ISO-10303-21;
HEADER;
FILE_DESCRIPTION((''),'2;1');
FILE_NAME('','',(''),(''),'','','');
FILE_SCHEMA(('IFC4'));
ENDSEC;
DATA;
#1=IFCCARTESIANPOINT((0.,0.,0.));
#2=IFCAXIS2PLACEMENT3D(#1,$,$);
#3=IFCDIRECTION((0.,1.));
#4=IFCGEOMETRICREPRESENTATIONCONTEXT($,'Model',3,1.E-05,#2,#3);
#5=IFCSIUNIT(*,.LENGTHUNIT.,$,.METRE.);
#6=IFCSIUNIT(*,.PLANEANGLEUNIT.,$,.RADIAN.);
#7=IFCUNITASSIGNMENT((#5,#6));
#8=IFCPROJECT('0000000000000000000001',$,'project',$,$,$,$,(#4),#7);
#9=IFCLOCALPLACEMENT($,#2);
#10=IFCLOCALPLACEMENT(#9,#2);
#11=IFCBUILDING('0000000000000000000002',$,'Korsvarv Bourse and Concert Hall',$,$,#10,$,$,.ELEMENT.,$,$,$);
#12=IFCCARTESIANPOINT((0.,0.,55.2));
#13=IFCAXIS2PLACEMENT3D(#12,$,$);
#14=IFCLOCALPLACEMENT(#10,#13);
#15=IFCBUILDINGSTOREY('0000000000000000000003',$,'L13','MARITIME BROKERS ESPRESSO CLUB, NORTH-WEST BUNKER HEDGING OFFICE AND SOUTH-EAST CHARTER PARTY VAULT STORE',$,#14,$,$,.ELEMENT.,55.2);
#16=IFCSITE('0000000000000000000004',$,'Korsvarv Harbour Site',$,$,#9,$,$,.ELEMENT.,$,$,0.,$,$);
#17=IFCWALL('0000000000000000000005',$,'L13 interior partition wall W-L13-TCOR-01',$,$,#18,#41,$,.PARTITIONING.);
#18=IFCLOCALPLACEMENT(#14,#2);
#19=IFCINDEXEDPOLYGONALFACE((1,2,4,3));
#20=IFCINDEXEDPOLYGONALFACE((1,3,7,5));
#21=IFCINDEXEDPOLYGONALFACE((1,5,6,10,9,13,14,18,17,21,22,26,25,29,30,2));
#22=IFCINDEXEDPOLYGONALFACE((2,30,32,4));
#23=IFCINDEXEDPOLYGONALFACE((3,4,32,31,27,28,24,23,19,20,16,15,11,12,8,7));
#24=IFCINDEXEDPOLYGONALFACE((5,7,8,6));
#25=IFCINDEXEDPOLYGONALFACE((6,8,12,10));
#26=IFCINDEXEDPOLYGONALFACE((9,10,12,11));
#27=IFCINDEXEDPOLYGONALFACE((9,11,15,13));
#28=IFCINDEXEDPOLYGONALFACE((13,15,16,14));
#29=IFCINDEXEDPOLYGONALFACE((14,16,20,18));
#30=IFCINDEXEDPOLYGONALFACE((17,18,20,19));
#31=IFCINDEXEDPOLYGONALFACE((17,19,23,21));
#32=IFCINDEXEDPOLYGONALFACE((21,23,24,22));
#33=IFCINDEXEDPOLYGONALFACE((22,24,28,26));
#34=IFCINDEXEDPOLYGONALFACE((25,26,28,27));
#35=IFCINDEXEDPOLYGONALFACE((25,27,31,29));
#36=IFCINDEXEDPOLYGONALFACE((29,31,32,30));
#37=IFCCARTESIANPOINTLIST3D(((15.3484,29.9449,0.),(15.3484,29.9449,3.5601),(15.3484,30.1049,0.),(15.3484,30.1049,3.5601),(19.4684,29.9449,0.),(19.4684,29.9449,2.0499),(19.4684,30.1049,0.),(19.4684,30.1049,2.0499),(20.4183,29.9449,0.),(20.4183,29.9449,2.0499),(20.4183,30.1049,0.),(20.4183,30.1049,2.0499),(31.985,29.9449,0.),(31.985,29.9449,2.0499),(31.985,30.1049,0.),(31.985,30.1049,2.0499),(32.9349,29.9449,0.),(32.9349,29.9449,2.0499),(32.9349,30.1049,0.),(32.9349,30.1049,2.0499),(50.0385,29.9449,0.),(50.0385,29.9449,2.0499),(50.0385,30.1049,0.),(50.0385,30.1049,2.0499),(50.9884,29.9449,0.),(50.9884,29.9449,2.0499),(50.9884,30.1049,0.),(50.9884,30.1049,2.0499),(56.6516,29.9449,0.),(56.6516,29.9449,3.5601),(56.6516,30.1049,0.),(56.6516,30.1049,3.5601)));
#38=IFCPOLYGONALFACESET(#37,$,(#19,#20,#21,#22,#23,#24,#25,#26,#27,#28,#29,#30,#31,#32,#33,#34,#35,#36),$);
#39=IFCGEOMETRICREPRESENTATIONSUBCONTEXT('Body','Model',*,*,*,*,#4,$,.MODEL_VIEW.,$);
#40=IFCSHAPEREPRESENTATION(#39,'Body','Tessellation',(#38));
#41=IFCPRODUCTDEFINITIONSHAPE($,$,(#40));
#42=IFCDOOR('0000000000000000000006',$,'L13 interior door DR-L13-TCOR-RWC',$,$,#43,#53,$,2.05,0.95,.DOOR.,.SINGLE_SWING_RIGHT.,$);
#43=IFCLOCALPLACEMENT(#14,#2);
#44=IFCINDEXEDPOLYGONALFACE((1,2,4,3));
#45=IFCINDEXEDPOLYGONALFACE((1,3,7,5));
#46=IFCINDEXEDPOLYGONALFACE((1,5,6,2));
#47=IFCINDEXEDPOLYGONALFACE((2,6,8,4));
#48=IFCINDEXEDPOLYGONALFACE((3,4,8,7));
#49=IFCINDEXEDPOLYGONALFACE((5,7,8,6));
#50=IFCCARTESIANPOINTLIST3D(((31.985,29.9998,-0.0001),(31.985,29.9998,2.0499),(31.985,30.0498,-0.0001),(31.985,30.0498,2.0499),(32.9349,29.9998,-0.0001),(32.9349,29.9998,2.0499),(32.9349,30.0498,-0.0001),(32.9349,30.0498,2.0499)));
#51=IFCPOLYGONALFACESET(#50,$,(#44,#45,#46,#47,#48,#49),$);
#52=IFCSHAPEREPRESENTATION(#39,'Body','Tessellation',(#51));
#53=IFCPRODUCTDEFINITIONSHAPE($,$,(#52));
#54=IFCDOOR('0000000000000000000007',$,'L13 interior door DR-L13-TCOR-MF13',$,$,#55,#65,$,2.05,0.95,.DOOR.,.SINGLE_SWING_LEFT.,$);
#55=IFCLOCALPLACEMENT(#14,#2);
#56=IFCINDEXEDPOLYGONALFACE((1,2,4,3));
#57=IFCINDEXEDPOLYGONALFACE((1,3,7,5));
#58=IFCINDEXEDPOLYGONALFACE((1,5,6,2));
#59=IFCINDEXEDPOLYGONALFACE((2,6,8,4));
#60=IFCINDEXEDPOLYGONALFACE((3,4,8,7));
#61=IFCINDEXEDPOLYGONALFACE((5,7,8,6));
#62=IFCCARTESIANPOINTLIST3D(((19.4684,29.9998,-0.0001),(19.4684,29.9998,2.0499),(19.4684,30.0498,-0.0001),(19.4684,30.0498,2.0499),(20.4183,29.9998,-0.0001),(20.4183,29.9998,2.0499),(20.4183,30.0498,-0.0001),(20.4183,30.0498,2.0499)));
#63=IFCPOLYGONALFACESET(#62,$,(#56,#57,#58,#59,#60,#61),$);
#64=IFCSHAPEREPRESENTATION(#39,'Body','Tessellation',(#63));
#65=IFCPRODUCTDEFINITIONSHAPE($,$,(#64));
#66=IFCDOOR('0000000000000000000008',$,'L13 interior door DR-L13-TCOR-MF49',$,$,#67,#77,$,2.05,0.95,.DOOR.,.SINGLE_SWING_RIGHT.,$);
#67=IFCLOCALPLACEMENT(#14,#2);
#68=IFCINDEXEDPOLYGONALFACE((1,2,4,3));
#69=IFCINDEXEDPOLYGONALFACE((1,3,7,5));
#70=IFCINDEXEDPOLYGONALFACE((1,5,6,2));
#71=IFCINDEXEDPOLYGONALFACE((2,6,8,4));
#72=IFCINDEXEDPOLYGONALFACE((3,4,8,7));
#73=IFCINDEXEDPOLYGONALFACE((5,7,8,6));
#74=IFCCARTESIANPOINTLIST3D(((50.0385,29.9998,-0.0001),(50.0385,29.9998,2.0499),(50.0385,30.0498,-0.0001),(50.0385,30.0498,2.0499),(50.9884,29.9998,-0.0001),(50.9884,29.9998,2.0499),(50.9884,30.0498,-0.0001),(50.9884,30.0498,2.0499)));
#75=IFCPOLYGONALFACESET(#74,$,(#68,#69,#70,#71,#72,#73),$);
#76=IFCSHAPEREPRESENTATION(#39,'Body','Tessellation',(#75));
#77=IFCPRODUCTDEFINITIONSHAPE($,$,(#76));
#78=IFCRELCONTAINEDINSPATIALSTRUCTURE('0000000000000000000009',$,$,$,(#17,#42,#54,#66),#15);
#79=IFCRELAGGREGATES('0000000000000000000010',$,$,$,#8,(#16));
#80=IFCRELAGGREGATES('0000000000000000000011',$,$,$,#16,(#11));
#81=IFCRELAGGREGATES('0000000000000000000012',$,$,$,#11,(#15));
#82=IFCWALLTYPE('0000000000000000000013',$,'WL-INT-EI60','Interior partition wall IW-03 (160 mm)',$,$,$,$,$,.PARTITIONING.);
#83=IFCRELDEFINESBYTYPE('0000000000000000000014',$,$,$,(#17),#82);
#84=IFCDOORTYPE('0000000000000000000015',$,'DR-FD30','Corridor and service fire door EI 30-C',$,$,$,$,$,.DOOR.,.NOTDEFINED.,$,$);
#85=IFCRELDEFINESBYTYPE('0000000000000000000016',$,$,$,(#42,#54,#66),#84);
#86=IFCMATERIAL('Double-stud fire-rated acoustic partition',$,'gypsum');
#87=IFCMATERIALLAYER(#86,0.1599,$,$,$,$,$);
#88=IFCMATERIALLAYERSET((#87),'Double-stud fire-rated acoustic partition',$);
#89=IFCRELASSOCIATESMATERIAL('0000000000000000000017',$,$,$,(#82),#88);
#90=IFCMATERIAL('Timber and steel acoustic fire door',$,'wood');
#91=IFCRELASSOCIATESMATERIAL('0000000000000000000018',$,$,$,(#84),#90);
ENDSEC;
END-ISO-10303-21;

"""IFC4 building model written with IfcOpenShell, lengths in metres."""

from ifc_helpers import new_model, si_unit, direction, frame, frame_2d, origin, place, context, subcontext, project, spatial, rectangle, extrude, material, layer, layer_set, type_object, element, fill, save


model = new_model("IFC4")

# Units and contexts
model_context = context("Model", 3, precision=1e-05, world=origin(), true_north=direction((0.0, 1.0)))
body_context = subcontext(model_context, "Body", "Model", "MODEL_VIEW")
ifc_project = project(units=[si_unit("LENGTHUNIT", "METRE"), si_unit("PLANEANGLEUNIT", "RADIAN")], contexts=[model_context])

# Site, building, storey
site_placement = place(None, origin())
site = spatial("IfcSite", under=ifc_project, at=site_placement, Name="Korsvarv Harbour Site", CompositionType="ELEMENT", RefElevation=0.0)
building_placement = place(site_placement, origin())
building = spatial("IfcBuilding", under=site, at=building_placement, Name="Korsvarv Bourse and Concert Hall", CompositionType="ELEMENT")
storey_placement = place(building_placement, frame((0.0, 0.0, 55.2)))
storey = spatial("IfcBuildingStorey", under=building, at=storey_placement, Name="L13", Description="MARITIME BROKERS ESPRESSO CLUB, NORTH-WEST BUNKER HEDGING OFFICE AND SOUTH-EAST CHARTER PARTY VAULT STORE", CompositionType="ELEMENT", Elevation=55.2)

# Wall, openings, doors
ifc_material_1 = material(Name="Double-stud fire-rated acoustic partition", Category="gypsum")
ifc_layer_1 = layer(ifc_material_1, 0.1599)
ifc_layer_set_1 = layer_set([ifc_layer_1], Name="Double-stud fire-rated acoustic partition")
wall_type = type_object("IfcWallType", Name="WL-INT-EI60", Description="Interior partition wall IW-03 (160 mm)", PredefinedType="PARTITIONING", material=ifc_layer_set_1)
wall_placement = place(storey_placement, frame((15.3484, 30.0249, 0.0), z_axis=(0.0, 0.0, 1.0), x_axis=(1.0, 0.0, 0.0)))
wall = element("IfcWall", 1, at=wall_placement, inside=storey, type_object=wall_type, Name="L13 interior partition wall W-L13-TCOR-01", PredefinedType="PARTITIONING", context=body_context, shape_type="SweptSolid", body=[
    extrude(rectangle(XDim=41.3032, YDim=0.1599, at=frame_2d((20.6516, 0.0))), origin(), (0.0, 0.0, 1.0), 3.5601),
])
opening_1_placement = place(wall_placement, frame((16.6365, 0.0, 0.0)))
opening_1 = element("IfcOpeningElement", 2, at=opening_1_placement, cuts=wall, PredefinedType="OPENING", context=body_context, shape_type="SweptSolid", body=[
    extrude(rectangle(XDim=0.95, YDim=2.05, at=frame_2d((0.4751, 1.0249))), frame((0.0, 0.0898, 0.0), z_axis=(0.0, -1.0, 0.0), x_axis=(1.0, 0.0, 0.0)), (0.0, 0.0, 1.0), 0.1799),
])
opening_2_placement = place(wall_placement, frame((4.1199, 0.0, 0.0)))
opening_2 = element("IfcOpeningElement", 3, at=opening_2_placement, cuts=wall, PredefinedType="OPENING", context=body_context, shape_type="SweptSolid", body=[
    extrude(rectangle(XDim=0.95, YDim=2.05, at=frame_2d((0.4751, 1.0249))), frame((0.0, 0.0898, 0.0), z_axis=(0.0, -1.0, 0.0), x_axis=(1.0, 0.0, 0.0)), (0.0, 0.0, 1.0), 0.1799),
])
opening_3_placement = place(wall_placement, frame((34.6899, 0.0, 0.0)))
opening_3 = element("IfcOpeningElement", 4, at=opening_3_placement, cuts=wall, PredefinedType="OPENING", context=body_context, shape_type="SweptSolid", body=[
    extrude(rectangle(XDim=0.95, YDim=2.05, at=frame_2d((0.4751, 1.0249))), frame((0.0, 0.0898, 0.0), z_axis=(0.0, -1.0, 0.0), x_axis=(1.0, 0.0, 0.0)), (0.0, 0.0, 1.0), 0.1799),
])
ifc_material_2 = material(Name="Timber and steel acoustic fire door", Category="wood")
door_type = type_object("IfcDoorType", Name="DR-FD30", Description="Corridor and service fire door EI 30-C", OperationType="NOTDEFINED", PredefinedType="DOOR", material=ifc_material_2)
door_1_placement = place(opening_1_placement, origin())
door_1 = element("IfcDoor", 5, at=door_1_placement, inside=storey, type_object=door_type, Name="L13 interior door DR-L13-TCOR-RWC", OperationType="SINGLE_SWING_RIGHT", OverallHeight=2.05, OverallWidth=0.95, PredefinedType="DOOR", context=body_context, shape_type="SweptSolid", body=[
    extrude(rectangle(XDim=0.95, YDim=2.05, at=frame_2d((0.4751, 1.0249))), frame((0.0, 0.0249, 0.0), z_axis=(0.0, -1.0, 0.0), x_axis=(1.0, 0.0, 0.0)), (0.0, 0.0, 1.0), 0.05),
])
fill(opening_1, door_1)
door_2_placement = place(opening_2_placement, origin())
door_2 = element("IfcDoor", 6, at=door_2_placement, inside=storey, type_object=door_type, Name="L13 interior door DR-L13-TCOR-MF13", OperationType="SINGLE_SWING_LEFT", OverallHeight=2.05, OverallWidth=0.95, PredefinedType="DOOR", context=body_context, shape_type="SweptSolid", body=[
    extrude(rectangle(XDim=0.95, YDim=2.05, at=frame_2d((0.4751, 1.0249))), frame((0.0, 0.0249, 0.0), z_axis=(0.0, -1.0, 0.0), x_axis=(1.0, 0.0, 0.0)), (0.0, 0.0, 1.0), 0.05),
])
fill(opening_2, door_2)
door_3_placement = place(opening_3_placement, origin())
door_3 = element("IfcDoor", 7, at=door_3_placement, inside=storey, type_object=door_type, Name="L13 interior door DR-L13-TCOR-MF49", OperationType="SINGLE_SWING_RIGHT", OverallHeight=2.05, OverallWidth=0.95, PredefinedType="DOOR", context=body_context, shape_type="SweptSolid", body=[
    extrude(rectangle(XDim=0.95, YDim=2.05, at=frame_2d((0.4751, 1.0249))), frame((0.0, 0.0249, 0.0), z_axis=(0.0, -1.0, 0.0), x_axis=(1.0, 0.0, 0.0)), (0.0, 0.0, 1.0), 0.05),
])
fill(opening_3, door_3)

save(model, "model.ifc")
